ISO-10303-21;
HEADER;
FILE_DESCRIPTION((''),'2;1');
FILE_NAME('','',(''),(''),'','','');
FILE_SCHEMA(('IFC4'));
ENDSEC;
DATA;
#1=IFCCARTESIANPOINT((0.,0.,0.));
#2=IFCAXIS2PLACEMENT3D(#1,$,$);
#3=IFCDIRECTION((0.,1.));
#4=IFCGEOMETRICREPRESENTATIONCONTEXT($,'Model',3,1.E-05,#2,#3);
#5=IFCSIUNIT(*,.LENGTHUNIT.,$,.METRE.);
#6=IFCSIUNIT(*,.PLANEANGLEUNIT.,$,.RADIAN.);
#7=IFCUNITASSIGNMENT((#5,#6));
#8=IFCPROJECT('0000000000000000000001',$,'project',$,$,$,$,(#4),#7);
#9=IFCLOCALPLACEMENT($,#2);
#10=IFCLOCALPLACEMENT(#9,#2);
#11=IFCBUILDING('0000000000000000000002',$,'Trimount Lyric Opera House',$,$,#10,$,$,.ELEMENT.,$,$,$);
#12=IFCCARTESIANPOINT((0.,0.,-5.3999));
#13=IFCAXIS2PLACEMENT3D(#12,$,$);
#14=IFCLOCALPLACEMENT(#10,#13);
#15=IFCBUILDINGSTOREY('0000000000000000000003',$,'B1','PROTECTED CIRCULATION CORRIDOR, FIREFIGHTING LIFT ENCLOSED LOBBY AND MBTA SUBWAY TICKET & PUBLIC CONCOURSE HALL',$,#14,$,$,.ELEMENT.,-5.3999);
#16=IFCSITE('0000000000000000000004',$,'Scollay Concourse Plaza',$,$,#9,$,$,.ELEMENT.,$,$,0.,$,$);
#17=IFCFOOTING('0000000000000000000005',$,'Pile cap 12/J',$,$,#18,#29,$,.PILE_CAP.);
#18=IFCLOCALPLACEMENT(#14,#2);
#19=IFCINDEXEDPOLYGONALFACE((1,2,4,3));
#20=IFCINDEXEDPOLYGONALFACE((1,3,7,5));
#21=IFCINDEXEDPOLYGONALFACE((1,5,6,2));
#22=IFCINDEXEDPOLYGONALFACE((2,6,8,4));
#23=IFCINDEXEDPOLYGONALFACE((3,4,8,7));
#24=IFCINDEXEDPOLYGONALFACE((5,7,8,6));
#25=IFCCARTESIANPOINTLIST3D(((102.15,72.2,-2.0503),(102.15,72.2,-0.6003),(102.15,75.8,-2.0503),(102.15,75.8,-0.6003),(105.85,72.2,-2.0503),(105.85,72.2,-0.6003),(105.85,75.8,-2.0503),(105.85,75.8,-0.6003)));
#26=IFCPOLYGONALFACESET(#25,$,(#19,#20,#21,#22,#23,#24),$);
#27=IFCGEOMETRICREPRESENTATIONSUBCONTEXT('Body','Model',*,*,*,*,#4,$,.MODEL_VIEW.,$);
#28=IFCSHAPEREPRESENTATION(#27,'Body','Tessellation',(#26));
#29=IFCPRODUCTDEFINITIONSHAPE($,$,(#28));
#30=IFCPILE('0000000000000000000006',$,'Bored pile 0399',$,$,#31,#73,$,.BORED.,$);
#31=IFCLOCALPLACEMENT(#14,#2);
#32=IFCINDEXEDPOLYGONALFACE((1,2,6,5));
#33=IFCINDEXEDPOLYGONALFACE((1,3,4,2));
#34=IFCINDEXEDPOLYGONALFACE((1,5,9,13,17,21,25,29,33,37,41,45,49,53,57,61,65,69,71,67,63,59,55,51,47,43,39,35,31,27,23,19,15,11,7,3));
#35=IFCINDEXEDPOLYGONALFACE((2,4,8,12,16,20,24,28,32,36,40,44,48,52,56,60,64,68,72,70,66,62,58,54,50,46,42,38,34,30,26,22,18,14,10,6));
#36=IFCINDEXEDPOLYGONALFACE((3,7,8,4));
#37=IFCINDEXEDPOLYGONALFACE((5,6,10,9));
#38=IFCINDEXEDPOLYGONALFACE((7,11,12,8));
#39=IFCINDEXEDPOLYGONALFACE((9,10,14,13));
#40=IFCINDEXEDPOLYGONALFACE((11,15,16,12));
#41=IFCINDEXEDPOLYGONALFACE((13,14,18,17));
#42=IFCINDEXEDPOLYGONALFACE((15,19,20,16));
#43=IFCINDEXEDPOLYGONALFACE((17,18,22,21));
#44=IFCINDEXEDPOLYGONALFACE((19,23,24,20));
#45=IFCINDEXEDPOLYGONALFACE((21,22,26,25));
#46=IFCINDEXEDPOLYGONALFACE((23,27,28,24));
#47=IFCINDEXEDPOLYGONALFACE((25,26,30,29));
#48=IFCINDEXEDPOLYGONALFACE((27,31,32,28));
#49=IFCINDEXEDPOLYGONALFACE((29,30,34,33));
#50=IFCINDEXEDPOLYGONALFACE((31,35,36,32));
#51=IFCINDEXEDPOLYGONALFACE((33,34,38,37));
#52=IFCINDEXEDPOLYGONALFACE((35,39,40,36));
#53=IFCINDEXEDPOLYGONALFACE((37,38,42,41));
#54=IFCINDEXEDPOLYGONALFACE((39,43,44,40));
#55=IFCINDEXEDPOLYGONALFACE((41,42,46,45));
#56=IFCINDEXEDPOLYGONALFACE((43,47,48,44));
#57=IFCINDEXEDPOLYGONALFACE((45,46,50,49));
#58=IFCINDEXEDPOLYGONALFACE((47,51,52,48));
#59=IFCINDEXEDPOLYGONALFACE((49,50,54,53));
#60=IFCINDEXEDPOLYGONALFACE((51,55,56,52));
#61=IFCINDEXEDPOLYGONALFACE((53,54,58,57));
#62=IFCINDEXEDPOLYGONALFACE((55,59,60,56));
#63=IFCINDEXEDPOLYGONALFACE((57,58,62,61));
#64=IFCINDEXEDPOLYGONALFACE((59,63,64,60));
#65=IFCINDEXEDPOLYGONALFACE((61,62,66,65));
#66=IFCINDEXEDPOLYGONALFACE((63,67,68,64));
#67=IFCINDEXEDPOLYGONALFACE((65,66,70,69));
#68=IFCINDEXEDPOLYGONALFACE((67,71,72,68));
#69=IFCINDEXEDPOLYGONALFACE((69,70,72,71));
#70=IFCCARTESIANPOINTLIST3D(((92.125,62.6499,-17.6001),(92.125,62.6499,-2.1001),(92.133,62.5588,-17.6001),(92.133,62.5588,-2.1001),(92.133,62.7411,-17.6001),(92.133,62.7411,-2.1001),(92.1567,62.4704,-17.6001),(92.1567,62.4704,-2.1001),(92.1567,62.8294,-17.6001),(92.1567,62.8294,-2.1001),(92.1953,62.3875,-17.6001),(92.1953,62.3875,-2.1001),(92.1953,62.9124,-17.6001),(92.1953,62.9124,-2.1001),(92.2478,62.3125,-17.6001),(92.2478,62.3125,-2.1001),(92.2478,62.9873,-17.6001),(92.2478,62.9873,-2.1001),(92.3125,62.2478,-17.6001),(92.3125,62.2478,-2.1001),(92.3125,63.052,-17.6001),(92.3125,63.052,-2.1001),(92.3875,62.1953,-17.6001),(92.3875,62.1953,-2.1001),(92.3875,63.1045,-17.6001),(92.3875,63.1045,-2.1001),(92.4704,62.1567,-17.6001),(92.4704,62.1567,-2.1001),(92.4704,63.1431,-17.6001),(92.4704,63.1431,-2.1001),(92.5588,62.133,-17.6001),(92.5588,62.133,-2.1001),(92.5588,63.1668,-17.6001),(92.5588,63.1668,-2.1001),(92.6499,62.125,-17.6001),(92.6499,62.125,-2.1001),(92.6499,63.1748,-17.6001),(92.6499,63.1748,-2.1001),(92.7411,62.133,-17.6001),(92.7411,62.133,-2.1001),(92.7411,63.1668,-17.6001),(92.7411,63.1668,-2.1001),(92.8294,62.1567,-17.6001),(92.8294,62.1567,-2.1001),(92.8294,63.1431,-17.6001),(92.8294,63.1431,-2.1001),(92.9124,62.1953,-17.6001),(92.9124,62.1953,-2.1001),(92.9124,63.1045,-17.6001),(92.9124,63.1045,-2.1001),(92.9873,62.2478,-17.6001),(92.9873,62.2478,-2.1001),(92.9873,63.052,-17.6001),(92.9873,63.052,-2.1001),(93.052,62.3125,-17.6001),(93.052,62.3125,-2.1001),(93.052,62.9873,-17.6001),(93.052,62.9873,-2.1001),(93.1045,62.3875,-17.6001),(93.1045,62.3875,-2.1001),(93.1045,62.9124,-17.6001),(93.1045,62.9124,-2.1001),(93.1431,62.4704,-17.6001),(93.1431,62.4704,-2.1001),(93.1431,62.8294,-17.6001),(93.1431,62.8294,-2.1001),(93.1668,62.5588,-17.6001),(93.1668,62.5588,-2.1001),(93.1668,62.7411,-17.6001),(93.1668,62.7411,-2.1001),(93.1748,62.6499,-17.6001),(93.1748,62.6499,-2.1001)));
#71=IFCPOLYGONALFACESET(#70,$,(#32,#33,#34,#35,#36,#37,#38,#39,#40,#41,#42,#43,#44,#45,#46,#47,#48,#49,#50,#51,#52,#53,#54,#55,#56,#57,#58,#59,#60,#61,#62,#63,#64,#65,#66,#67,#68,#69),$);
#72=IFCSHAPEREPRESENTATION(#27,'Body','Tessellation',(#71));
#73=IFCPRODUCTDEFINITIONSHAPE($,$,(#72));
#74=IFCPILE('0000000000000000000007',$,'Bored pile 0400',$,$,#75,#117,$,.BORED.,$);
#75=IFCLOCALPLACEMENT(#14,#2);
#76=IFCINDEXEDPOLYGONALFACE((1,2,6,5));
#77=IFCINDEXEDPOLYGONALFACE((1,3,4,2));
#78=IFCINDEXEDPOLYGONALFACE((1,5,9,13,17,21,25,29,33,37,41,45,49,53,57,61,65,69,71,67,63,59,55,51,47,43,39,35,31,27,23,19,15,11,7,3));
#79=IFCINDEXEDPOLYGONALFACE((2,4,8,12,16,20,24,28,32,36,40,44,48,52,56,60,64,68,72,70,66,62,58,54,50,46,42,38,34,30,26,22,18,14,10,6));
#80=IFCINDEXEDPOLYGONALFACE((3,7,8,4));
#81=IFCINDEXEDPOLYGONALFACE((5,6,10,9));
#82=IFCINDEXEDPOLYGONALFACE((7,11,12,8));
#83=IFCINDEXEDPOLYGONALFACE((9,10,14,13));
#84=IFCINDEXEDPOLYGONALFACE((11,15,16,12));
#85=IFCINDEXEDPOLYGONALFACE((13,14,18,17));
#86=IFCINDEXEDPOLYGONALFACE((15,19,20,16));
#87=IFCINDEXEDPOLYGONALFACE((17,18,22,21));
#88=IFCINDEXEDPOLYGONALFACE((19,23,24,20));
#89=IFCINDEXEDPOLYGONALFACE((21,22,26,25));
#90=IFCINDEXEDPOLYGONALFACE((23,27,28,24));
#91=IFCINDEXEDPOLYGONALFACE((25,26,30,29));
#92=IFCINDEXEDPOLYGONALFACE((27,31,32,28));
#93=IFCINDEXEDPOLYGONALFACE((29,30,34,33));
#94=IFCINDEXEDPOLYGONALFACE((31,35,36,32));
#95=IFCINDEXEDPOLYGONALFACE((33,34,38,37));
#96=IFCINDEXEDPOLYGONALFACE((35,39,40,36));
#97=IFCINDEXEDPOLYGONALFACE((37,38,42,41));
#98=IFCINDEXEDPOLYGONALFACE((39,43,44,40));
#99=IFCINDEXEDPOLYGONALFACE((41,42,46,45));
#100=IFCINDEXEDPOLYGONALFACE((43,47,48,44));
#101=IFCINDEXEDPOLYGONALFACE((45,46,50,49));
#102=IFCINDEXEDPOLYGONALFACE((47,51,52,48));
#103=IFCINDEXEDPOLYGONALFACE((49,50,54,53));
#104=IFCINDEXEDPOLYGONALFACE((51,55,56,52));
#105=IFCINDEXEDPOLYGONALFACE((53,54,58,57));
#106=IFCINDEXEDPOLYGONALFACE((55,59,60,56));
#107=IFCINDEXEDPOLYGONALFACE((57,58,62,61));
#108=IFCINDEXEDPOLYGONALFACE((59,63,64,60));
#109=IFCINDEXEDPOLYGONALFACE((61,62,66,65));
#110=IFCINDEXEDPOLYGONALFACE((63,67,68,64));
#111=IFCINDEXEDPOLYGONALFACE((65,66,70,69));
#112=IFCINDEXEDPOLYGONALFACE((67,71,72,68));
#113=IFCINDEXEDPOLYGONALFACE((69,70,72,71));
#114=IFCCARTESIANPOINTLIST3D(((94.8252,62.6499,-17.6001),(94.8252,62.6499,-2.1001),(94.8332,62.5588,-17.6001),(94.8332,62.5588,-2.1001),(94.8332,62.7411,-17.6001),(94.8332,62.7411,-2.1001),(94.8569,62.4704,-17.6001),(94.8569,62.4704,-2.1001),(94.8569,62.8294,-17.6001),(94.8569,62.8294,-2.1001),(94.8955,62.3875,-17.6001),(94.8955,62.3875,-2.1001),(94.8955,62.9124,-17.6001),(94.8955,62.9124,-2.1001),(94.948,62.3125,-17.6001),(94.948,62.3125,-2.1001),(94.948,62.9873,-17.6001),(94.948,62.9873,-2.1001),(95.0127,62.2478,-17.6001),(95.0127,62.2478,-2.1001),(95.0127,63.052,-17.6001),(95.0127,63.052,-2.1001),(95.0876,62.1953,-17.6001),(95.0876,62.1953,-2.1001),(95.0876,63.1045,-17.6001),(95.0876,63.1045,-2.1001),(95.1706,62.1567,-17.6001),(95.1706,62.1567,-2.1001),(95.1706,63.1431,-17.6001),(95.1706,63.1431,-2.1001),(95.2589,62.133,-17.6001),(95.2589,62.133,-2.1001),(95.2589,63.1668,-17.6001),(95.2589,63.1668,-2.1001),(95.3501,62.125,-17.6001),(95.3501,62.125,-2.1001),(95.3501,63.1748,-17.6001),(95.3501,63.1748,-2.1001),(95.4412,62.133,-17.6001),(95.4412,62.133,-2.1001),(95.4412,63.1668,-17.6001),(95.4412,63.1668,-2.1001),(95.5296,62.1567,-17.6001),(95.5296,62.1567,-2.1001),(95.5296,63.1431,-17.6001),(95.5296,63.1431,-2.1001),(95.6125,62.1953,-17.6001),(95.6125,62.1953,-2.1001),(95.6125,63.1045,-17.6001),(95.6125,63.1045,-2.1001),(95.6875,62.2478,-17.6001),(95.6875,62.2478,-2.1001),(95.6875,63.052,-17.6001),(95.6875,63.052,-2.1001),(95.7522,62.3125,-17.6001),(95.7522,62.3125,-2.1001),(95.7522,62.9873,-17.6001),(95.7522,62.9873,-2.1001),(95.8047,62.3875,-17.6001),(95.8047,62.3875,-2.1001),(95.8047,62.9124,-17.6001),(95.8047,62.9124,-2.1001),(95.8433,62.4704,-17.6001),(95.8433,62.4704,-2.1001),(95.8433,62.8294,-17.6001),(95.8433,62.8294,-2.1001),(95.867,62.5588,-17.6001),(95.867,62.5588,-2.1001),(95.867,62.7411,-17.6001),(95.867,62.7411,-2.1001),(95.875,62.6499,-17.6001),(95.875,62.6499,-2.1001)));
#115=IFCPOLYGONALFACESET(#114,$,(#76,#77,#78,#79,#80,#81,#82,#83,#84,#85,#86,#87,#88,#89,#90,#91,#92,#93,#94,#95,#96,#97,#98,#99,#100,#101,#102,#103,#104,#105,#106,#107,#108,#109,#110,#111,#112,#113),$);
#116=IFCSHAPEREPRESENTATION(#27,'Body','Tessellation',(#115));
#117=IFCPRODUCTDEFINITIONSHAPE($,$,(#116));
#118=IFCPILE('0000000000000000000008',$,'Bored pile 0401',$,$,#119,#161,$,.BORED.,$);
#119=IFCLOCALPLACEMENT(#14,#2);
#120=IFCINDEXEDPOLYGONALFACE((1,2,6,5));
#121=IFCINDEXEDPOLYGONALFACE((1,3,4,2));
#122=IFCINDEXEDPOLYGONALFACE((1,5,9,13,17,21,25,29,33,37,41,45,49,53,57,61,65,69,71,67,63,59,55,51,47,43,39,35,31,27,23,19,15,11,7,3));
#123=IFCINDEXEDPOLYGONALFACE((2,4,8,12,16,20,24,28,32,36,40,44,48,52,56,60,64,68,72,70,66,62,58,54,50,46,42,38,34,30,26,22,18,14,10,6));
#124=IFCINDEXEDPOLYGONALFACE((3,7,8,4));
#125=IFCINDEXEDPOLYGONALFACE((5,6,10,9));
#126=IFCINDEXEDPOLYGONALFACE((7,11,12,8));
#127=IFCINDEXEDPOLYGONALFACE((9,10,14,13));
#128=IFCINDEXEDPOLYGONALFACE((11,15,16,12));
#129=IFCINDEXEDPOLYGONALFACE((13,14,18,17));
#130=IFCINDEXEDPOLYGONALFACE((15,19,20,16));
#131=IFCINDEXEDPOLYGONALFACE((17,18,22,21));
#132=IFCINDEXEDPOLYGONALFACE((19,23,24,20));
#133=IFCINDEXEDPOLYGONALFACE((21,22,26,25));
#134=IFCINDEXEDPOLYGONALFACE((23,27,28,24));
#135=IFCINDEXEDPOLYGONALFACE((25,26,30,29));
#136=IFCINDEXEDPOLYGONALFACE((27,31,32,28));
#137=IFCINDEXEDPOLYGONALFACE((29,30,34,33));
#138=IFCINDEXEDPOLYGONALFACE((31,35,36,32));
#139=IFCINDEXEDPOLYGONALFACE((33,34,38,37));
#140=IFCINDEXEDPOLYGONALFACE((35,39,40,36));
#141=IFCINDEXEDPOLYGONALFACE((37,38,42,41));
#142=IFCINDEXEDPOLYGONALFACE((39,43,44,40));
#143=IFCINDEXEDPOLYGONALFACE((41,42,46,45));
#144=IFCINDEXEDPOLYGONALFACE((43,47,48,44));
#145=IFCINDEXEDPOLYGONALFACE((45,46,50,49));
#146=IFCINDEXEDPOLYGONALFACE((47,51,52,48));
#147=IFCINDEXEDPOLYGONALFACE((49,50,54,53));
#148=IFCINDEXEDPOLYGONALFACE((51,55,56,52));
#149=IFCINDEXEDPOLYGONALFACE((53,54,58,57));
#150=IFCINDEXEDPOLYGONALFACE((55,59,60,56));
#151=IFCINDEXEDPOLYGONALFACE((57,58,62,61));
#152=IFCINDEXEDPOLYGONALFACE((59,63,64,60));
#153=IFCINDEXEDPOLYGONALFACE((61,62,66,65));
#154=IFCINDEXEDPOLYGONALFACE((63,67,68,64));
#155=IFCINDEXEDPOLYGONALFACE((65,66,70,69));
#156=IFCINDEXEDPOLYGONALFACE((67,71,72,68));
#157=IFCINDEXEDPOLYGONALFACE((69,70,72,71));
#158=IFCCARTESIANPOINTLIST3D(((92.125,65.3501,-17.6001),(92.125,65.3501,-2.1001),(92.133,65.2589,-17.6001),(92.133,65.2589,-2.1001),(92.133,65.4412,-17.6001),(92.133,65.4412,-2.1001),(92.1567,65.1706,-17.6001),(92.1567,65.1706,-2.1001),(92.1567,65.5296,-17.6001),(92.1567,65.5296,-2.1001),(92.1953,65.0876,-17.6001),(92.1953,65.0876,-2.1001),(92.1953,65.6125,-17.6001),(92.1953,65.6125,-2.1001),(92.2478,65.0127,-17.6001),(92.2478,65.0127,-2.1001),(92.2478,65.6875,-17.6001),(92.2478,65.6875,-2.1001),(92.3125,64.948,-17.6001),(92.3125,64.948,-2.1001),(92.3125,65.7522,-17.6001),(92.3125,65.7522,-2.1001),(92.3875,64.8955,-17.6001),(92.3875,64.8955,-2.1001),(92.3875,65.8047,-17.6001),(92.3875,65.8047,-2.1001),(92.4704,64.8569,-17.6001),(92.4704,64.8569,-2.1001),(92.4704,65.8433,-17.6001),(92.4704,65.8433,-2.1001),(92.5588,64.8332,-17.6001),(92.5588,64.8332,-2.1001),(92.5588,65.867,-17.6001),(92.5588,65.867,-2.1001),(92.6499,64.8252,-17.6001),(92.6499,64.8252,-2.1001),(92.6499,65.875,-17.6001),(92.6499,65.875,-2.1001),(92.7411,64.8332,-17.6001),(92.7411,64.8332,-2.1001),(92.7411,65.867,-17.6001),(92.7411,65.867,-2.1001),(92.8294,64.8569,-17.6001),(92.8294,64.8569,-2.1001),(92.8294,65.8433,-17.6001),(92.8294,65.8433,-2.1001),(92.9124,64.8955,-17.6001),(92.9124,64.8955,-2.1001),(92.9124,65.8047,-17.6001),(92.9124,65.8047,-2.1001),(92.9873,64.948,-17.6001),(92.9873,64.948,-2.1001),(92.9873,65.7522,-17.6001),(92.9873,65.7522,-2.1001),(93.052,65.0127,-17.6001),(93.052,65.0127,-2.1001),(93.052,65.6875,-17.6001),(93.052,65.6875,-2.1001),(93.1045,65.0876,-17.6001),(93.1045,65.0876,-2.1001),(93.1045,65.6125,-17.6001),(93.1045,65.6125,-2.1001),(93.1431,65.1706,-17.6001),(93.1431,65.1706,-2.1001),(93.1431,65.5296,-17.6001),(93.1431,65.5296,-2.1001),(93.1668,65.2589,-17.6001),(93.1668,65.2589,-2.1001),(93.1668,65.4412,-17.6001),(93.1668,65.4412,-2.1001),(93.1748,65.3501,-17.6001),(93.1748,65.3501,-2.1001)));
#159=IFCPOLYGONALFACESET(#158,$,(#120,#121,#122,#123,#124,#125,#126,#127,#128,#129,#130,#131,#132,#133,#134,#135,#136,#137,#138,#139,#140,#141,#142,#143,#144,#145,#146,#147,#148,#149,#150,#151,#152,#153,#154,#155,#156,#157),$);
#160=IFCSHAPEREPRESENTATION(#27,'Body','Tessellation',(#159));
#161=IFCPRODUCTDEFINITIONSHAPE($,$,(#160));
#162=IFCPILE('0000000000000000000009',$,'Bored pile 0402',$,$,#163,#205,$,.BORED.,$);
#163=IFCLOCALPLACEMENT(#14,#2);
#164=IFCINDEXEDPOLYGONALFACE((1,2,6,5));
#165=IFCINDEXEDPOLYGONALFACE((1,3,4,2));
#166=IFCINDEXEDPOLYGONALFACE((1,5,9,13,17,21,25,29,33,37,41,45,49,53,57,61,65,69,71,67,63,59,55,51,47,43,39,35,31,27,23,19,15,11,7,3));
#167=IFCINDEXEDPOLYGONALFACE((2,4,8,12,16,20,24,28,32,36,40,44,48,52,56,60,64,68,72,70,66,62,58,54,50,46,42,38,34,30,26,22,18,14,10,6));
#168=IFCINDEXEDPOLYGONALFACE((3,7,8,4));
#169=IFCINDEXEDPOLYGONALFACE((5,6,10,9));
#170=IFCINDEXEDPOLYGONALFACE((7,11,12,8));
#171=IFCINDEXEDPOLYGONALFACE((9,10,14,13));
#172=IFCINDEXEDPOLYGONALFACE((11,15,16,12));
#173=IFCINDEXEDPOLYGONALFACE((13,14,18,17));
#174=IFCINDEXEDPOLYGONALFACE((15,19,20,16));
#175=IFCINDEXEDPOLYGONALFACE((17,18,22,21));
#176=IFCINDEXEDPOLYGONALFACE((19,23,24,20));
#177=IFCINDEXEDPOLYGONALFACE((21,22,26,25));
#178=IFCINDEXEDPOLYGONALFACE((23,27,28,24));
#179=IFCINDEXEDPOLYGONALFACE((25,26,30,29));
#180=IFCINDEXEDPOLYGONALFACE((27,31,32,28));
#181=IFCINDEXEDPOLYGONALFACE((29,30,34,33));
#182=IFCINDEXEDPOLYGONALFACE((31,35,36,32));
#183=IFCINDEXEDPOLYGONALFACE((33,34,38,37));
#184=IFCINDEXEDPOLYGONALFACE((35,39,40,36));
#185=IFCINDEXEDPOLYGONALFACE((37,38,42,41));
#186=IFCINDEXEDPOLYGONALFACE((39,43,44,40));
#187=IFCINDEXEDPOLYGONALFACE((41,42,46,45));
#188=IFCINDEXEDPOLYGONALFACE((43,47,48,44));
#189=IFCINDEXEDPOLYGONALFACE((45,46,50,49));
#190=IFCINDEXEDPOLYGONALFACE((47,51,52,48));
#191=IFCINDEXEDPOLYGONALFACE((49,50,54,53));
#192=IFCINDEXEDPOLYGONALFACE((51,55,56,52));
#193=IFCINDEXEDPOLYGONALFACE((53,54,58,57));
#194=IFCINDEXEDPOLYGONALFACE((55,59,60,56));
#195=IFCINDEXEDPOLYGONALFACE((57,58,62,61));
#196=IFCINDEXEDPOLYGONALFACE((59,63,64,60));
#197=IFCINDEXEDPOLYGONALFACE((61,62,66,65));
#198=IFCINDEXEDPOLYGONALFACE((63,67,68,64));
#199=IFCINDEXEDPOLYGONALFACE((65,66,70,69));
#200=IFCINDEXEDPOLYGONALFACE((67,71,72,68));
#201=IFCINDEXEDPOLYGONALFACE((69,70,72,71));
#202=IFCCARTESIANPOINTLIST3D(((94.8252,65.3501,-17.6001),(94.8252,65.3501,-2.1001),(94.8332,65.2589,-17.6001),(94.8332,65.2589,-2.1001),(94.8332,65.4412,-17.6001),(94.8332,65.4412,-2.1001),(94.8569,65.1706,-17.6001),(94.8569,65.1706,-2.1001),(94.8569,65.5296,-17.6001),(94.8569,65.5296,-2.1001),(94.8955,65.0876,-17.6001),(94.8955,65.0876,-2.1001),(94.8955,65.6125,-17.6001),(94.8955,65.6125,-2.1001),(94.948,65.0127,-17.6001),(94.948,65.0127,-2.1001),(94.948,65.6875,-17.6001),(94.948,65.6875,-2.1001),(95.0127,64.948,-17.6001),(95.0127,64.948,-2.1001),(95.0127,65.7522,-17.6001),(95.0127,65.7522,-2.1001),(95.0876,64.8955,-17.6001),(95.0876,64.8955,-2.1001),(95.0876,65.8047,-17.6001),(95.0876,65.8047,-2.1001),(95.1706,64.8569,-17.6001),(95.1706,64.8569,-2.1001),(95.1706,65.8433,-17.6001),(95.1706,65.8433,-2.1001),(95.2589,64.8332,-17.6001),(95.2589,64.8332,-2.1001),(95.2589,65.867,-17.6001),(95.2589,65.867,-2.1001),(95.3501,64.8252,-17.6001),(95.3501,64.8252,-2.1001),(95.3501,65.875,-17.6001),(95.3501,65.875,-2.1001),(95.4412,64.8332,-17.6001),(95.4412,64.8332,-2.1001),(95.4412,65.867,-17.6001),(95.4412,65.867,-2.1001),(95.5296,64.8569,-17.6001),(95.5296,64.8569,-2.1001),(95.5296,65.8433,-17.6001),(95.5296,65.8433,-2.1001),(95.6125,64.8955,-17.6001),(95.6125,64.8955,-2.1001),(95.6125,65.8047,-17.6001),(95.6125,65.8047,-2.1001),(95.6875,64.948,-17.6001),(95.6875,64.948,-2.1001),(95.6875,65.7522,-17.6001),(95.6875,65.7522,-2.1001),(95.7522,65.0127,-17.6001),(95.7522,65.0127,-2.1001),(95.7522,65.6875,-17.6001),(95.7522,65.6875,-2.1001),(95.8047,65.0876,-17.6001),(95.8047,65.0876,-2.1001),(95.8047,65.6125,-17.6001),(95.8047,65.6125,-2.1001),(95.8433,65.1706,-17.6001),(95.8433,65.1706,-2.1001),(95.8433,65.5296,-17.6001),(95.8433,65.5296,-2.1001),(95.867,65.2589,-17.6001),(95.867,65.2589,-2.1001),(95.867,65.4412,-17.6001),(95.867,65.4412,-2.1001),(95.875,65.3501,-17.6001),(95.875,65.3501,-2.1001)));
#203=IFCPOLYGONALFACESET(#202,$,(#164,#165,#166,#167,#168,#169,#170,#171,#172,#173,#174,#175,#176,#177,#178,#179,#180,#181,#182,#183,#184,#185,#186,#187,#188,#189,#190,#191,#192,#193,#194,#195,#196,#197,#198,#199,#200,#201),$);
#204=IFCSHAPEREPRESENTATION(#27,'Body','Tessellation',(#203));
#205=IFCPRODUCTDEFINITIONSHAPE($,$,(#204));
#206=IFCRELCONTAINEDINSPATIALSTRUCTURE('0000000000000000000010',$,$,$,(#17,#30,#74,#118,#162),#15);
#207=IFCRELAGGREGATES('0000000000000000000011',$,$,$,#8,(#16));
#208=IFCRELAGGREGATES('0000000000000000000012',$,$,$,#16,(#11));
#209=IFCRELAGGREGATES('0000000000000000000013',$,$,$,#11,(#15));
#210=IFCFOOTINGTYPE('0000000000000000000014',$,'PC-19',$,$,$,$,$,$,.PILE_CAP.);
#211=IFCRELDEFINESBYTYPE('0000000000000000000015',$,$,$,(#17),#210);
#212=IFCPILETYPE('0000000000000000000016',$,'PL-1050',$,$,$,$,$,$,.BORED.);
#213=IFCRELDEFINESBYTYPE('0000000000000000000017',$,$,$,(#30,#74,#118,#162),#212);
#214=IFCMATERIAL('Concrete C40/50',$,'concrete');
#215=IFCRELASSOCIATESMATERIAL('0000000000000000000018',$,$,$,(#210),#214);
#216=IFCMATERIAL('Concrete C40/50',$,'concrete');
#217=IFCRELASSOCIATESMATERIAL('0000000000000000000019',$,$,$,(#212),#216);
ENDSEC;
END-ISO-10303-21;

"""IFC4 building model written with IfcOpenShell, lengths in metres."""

from ifc_helpers import new_model, si_unit, direction, frame, origin, origin_2d, place, context, subcontext, project, spatial, rectangle, circle, extrude, material, material_profile, profile_set, type_object, element, save


model = new_model("IFC4")

# Units and contexts
model_context = context("Model", 3, precision=1e-05, world=origin(), true_north=direction((0.0, 1.0)))
body_context = subcontext(model_context, "Body", "Model", "MODEL_VIEW")
ifc_project = project(units=[si_unit("LENGTHUNIT", "METRE"), si_unit("PLANEANGLEUNIT", "RADIAN")], contexts=[model_context])

# Site, building, storey
site_placement = place(None, origin())
site = spatial("IfcSite", under=ifc_project, at=site_placement, Name="Scollay Concourse Plaza", CompositionType="ELEMENT", RefElevation=0.0)
building_placement = place(site_placement, origin())
building = spatial("IfcBuilding", under=site, at=building_placement, Name="Trimount Lyric Opera House", CompositionType="ELEMENT")
storey_placement = place(building_placement, frame((0.0, 0.0, -5.3999)))
storey = spatial("IfcBuildingStorey", under=building, at=storey_placement, Name="B1", Description="PROTECTED CIRCULATION CORRIDOR, FIREFIGHTING LIFT ENCLOSED LOBBY AND MBTA SUBWAY TICKET & PUBLIC CONCOURSE HALL", CompositionType="ELEMENT", Elevation=-5.3999)

# Footing
ifc_material_1 = material(Name="Concrete C40/50", Category="concrete")
footing_type_1 = type_object("IfcFootingType", Name="PC-19", PredefinedType="PILE_CAP", material=ifc_material_1)
footing_1_placement = place(storey_placement, frame((104.0, 74.0, -2.0503), z_axis=(0.0, 0.0, 1.0), x_axis=(1.0, 0.0, 0.0)))
element("IfcFooting", 1, at=footing_1_placement, inside=storey, type_object=footing_type_1, Name="Pile cap 12/J", PredefinedType="PILE_CAP", context=body_context, shape_type="SweptSolid", body=[
    extrude(rectangle(XDim=3.7, YDim=3.6001, at=origin_2d()), origin(), (0.0, 0.0, 1.0), 1.45),
])

# Piles
ifc_material_2 = material(Name="Concrete C40/50", Category="concrete")
ifc_material_profile_1 = material_profile(ifc_material_2, circle(Radius=0.5249, at=origin_2d()), Name="PILE-D1050")
ifc_profile_set_1 = profile_set([ifc_material_profile_1], Name="Concrete C40/50")
pile_type_1 = type_object("IfcPileType", Name="PL-1050", PredefinedType="BORED", material=ifc_profile_set_1)
for number, where, z_axis, x_axis, name in (
    (2, (92.6499, 62.6499, -2.1001), (0.0, 0.0, -1.0), (1.0, 0.0, 0.0), "Bored pile 0399"),
    (3, (95.3501, 62.6499, -2.1001), (0.0, 0.0, -1.0), (1.0, 0.0, 0.0), "Bored pile 0400"),
    (4, (92.6499, 65.3501, -2.1001), (0.0, 0.0, -1.0), (1.0, 0.0, 0.0), "Bored pile 0401"),
    (5, (95.3501, 65.3501, -2.1001), (0.0, 0.0, -1.0), (1.0, 0.0, 0.0), "Bored pile 0402"),
):
    element("IfcPile", number, at=place(storey_placement, frame(where, z_axis=z_axis, x_axis=x_axis)), inside=storey, type_object=pile_type_1, Name=name, PredefinedType="BORED", context=body_context, shape_type="SweptSolid", body=[
        extrude(circle(Radius=0.5249, at=origin_2d()), origin(), (0.0, 0.0, 1.0), 15.5),
    ])

save(model, "model.ifc")
